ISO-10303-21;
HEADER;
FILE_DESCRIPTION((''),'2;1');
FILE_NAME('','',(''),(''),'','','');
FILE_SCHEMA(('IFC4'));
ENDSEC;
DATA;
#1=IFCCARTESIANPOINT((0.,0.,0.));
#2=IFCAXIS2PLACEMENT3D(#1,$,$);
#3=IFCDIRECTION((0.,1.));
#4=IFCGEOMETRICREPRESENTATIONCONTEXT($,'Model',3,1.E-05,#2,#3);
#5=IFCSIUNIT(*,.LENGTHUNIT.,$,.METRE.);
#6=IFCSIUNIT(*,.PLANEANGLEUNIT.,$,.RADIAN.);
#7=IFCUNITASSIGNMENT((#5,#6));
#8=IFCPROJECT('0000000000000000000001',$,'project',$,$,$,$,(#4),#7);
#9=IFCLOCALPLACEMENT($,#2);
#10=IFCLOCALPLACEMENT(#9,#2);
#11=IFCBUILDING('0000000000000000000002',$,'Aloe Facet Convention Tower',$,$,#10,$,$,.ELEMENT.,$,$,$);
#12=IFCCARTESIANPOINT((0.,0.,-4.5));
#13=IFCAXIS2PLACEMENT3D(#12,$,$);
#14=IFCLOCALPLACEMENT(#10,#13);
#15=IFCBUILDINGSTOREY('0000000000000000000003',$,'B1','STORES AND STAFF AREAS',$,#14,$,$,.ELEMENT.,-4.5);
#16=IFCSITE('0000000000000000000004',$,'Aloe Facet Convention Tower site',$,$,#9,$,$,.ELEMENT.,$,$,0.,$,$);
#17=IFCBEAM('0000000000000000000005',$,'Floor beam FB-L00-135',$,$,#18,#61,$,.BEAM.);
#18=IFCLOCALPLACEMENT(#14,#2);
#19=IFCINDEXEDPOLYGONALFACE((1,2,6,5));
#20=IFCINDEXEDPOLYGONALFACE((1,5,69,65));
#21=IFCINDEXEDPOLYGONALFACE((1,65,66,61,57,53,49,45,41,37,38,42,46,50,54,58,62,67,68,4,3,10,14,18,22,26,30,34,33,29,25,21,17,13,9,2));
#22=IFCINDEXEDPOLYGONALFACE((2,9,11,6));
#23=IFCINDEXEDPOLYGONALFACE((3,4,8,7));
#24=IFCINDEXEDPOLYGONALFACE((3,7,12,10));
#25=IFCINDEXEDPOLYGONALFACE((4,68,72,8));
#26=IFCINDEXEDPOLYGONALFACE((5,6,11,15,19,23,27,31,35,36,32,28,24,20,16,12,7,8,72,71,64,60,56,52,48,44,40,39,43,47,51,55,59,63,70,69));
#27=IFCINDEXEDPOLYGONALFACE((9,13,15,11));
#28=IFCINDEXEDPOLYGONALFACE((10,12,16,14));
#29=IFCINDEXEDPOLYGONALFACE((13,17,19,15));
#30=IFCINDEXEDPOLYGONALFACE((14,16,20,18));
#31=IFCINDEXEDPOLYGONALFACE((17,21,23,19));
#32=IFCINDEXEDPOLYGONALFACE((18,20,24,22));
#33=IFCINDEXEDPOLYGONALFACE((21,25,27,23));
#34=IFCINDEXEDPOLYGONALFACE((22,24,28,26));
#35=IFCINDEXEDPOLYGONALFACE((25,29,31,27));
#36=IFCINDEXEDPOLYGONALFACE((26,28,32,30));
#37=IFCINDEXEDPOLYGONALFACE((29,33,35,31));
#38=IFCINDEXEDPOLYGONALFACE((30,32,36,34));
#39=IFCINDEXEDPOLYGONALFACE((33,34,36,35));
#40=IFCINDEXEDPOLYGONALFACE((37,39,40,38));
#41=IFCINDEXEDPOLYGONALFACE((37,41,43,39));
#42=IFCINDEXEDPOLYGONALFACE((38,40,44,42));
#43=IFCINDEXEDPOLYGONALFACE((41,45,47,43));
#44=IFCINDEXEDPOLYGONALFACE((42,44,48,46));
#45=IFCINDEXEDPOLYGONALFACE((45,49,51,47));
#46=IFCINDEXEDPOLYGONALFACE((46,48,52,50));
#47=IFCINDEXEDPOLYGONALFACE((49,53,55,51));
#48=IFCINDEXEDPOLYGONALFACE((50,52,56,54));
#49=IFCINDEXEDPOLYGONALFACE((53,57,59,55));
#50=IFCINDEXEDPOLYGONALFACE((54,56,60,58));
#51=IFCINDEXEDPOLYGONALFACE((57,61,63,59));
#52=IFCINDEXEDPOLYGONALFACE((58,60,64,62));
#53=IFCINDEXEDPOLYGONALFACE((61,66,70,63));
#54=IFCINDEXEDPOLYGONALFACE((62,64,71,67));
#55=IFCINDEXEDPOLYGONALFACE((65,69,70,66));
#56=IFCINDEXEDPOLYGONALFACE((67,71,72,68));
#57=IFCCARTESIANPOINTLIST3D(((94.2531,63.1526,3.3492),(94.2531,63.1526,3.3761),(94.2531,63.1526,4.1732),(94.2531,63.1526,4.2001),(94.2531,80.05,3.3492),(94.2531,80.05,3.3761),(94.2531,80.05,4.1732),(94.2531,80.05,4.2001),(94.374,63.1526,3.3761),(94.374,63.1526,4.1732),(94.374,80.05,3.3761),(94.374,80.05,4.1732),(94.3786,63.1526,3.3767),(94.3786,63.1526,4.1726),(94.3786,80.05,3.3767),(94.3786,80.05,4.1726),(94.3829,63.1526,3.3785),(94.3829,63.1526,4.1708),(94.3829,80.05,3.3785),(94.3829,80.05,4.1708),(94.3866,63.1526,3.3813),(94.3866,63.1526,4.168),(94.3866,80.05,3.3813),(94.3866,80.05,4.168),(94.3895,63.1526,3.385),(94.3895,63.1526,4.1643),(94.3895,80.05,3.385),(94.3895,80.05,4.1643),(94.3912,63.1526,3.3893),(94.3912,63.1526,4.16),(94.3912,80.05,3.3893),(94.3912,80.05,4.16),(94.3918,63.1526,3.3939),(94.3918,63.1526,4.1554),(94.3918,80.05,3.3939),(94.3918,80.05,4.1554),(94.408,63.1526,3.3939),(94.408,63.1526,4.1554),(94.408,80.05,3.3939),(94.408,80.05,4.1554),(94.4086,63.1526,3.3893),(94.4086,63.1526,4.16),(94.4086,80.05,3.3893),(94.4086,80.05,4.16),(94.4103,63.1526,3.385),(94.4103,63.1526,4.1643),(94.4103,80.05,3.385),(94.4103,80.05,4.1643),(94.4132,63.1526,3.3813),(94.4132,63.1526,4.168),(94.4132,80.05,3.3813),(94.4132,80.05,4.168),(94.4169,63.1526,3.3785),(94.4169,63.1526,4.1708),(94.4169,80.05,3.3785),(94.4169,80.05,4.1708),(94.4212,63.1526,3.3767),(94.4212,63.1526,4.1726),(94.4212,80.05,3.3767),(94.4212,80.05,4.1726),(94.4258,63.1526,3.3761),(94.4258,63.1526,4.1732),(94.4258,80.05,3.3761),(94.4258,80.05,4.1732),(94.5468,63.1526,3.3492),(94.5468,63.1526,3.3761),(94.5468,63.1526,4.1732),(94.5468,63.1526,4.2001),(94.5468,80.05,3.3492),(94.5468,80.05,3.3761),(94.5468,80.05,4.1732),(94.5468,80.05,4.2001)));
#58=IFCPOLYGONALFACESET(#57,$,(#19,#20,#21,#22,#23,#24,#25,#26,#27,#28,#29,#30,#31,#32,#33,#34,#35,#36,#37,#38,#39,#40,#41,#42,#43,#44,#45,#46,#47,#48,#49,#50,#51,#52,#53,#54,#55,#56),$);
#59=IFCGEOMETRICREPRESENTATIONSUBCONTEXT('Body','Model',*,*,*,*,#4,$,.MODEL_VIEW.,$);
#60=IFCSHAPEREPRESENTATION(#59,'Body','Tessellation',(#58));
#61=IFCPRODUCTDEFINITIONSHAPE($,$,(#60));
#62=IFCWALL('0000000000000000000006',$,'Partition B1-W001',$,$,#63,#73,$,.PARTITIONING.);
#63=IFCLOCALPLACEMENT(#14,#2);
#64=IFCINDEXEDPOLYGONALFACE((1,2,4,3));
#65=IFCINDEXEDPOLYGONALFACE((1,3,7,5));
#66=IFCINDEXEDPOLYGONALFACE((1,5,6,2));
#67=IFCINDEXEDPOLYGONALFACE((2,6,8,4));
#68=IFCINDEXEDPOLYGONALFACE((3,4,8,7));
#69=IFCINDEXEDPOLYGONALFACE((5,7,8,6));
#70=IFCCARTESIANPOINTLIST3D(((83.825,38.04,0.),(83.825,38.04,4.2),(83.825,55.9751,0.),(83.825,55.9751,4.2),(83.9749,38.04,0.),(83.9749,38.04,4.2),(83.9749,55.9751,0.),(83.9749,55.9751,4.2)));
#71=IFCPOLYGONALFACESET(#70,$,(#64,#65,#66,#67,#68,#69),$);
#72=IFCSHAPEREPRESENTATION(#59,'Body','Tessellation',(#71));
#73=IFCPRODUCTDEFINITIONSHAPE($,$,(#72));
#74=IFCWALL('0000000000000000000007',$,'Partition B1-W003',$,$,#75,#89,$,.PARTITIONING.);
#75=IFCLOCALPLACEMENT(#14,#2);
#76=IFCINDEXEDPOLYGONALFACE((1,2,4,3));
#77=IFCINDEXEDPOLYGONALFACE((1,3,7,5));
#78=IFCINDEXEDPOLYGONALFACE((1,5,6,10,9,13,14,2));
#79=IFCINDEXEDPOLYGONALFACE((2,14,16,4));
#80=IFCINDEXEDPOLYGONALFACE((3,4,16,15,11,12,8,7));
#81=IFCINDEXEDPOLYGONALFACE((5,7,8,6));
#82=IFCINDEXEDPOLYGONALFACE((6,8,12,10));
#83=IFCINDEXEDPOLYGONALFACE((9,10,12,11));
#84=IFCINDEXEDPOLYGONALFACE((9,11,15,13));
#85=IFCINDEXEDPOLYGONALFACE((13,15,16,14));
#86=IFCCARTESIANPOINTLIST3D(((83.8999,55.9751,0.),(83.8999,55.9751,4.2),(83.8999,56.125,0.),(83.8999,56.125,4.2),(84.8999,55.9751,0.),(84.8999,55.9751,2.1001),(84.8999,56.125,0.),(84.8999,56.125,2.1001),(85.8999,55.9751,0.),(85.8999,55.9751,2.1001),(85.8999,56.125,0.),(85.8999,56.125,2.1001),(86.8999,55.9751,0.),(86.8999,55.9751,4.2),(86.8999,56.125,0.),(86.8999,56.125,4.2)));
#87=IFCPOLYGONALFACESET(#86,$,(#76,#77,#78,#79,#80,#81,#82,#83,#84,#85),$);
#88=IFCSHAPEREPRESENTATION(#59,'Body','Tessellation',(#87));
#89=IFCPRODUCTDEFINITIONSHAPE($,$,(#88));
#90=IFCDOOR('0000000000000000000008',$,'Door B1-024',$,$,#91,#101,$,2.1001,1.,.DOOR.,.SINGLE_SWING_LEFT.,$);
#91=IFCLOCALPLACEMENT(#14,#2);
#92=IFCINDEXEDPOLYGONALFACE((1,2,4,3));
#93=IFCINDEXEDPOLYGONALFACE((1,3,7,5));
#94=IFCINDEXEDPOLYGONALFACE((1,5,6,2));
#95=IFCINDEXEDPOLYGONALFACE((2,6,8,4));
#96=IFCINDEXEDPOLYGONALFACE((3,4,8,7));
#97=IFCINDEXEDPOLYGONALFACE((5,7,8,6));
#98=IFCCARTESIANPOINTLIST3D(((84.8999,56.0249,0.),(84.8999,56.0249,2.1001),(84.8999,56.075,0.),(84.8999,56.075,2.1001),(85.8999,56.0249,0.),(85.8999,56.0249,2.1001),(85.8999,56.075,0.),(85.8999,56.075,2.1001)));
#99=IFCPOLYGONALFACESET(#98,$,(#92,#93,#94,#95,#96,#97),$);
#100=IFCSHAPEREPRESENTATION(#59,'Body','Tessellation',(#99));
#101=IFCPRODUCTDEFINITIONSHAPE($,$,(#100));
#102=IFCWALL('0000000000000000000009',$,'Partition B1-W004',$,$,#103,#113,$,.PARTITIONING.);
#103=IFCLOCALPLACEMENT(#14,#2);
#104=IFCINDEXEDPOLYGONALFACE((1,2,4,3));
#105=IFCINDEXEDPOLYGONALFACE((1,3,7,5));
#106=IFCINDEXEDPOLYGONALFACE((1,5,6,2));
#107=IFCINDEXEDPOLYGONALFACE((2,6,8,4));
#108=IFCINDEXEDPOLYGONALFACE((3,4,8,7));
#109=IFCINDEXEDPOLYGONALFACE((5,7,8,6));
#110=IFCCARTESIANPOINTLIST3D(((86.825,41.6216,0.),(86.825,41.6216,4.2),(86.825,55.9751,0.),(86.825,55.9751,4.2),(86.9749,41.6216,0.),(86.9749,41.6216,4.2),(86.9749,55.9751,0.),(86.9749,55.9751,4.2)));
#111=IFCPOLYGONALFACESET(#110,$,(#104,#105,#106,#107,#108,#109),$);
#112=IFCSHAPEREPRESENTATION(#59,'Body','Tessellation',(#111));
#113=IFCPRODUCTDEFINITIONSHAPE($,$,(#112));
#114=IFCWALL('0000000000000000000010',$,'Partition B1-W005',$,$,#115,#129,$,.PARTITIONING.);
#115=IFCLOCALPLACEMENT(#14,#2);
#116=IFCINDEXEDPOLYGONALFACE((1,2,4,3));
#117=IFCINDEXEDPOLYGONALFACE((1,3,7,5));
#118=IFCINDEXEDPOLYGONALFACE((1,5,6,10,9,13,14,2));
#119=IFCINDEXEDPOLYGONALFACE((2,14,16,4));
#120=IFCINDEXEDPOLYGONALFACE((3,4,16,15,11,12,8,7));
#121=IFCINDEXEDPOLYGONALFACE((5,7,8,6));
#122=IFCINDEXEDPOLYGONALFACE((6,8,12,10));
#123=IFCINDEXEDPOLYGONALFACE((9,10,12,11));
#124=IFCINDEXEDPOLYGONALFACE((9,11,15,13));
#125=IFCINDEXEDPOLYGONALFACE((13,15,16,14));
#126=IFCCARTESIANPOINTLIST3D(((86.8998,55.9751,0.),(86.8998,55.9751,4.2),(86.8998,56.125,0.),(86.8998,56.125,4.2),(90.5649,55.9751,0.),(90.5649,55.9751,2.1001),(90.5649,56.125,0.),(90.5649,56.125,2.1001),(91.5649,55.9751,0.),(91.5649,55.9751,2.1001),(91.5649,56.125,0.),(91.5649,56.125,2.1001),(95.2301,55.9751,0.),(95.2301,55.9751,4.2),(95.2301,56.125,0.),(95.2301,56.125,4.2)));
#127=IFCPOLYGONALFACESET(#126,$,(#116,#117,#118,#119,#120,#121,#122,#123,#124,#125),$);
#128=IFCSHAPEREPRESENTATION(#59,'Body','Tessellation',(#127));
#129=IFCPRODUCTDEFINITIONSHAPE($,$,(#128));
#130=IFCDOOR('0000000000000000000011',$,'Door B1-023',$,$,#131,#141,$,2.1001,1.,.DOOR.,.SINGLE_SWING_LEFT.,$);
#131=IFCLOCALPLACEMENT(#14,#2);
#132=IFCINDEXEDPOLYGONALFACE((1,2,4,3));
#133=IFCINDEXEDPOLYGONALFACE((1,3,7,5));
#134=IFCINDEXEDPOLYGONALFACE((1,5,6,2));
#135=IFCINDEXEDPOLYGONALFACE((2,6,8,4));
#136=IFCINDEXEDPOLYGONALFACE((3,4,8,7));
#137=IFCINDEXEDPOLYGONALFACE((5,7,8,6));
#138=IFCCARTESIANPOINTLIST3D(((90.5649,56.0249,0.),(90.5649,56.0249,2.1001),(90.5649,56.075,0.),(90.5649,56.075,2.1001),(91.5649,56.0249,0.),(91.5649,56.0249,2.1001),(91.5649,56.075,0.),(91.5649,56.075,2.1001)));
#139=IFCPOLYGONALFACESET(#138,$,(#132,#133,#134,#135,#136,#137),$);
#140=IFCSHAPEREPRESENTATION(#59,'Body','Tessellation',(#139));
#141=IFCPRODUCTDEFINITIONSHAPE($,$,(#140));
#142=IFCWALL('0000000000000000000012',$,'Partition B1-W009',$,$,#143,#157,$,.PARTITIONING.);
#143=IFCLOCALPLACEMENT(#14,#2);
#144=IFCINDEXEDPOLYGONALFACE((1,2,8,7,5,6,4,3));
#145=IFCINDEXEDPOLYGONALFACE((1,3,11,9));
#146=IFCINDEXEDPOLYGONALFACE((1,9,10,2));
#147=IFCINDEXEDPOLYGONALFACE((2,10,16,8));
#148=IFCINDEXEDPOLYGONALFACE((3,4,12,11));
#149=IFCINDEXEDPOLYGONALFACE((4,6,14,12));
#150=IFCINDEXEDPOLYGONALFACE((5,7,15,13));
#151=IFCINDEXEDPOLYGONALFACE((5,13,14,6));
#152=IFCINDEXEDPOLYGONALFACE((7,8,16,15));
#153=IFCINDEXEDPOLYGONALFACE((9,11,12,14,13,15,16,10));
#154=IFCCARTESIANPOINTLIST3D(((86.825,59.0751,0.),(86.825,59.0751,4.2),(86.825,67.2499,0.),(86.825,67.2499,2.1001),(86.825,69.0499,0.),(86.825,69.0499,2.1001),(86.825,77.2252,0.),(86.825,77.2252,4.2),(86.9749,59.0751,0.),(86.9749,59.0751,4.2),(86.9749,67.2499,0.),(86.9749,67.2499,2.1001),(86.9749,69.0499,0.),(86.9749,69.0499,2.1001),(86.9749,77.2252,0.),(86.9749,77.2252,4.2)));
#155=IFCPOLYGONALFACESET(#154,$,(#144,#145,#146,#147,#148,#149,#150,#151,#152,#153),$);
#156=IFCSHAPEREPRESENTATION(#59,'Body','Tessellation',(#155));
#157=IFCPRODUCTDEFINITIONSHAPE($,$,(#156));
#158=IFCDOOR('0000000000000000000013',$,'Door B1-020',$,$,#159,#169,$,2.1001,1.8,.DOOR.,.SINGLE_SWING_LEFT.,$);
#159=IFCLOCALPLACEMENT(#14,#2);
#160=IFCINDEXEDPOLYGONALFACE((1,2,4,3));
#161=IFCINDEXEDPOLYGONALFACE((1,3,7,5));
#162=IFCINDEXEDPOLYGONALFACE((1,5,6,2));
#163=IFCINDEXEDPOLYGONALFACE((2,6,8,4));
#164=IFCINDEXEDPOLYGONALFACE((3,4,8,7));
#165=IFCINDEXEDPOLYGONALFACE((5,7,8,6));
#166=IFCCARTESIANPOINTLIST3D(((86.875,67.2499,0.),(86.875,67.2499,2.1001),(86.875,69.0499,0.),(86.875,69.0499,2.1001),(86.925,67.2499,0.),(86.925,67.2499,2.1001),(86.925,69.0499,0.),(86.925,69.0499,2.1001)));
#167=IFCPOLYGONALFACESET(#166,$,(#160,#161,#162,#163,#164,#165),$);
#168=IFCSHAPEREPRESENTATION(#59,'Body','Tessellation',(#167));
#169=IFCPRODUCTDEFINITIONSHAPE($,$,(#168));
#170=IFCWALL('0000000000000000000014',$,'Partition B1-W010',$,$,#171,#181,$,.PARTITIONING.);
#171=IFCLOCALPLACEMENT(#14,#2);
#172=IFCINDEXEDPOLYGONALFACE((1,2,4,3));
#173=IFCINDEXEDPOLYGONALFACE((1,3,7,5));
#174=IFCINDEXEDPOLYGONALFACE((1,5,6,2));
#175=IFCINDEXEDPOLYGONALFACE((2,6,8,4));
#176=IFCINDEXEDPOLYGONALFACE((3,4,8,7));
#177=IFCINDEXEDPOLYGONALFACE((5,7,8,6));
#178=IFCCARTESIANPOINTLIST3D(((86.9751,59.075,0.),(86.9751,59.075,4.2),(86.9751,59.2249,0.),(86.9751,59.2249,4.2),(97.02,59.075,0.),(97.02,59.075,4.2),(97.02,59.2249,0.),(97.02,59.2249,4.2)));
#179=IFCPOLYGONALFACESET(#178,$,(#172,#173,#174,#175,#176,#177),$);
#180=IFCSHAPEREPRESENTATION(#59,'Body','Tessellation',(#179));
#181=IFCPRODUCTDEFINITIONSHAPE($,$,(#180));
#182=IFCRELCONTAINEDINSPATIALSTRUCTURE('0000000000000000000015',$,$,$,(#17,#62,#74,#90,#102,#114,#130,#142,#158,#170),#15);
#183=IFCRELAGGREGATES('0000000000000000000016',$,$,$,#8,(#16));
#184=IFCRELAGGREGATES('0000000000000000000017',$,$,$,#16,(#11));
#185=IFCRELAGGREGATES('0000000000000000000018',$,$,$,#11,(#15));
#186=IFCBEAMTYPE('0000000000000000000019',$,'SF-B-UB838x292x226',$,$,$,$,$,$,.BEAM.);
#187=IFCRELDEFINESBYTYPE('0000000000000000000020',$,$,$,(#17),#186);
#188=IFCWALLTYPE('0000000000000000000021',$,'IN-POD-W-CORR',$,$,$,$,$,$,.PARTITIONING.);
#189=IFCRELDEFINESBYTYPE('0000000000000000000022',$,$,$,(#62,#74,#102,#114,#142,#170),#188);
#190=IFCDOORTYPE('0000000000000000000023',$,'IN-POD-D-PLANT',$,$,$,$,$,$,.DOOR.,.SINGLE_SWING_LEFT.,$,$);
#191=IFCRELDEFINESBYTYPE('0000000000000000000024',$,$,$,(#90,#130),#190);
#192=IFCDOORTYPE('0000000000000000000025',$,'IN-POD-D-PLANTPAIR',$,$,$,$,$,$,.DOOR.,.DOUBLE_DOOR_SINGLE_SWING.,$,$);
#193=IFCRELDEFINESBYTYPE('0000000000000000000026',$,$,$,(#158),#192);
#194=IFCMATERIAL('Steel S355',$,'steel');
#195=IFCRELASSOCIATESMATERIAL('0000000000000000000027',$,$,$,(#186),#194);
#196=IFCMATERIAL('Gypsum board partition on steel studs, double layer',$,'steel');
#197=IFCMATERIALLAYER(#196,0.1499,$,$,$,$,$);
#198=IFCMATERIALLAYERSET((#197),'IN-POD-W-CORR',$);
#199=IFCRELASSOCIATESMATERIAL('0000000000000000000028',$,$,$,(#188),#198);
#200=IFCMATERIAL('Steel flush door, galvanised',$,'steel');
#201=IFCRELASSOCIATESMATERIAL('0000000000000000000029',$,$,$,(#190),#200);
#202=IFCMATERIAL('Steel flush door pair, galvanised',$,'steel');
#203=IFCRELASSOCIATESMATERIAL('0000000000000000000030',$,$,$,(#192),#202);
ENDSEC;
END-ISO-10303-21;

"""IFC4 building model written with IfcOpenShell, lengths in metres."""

from ifc_helpers import new_model, si_unit, direction, frame, frame_2d, origin, origin_2d, place, context, subcontext, project, spatial, rectangle, i_section, extrude, material, layer, layer_set, material_profile, profile_set, type_object, element, fill, save


model = new_model("IFC4")

# Units and contexts
model_context = context("Model", 3, precision=1e-05, world=origin(), true_north=direction((0.0, 1.0)))
body_context = subcontext(model_context, "Body", "Model", "MODEL_VIEW")
ifc_project = project(units=[si_unit("LENGTHUNIT", "METRE"), si_unit("PLANEANGLEUNIT", "RADIAN")], contexts=[model_context])

# Site, building, storey
site_placement = place(None, origin())
site = spatial("IfcSite", under=ifc_project, at=site_placement, Name="Aloe Facet Convention Tower site", CompositionType="ELEMENT", RefElevation=0.0)
building_placement = place(site_placement, origin())
building = spatial("IfcBuilding", under=site, at=building_placement, Name="Aloe Facet Convention Tower", CompositionType="ELEMENT")
storey_placement = place(building_placement, frame((0.0, 0.0, -4.5)))
storey = spatial("IfcBuildingStorey", under=building, at=storey_placement, Name="B1", Description="STORES AND STAFF AREAS", CompositionType="ELEMENT", Elevation=-4.5)

# Beam
ifc_material_1 = material(Name="Steel S355", Category="steel")
ifc_material_profile_1 = material_profile(ifc_material_1, i_section(OverallWidth=0.2937, OverallDepth=0.8508, WebThickness=0.0161, FlangeThickness=0.0269, FilletRadius=0.0178, at=origin_2d()), Name="UB 838x292x226")
ifc_profile_set_1 = profile_set([ifc_material_profile_1], Name="Steel S355")
beam_type_1 = type_object("IfcBeamType", Name="SF-B-UB838x292x226", PredefinedType="BEAM", material=ifc_profile_set_1)
beam_1_placement = place(storey_placement, frame((94.3999, 63.1526, 3.7747), z_axis=(0.0, 1.0, 0.0), x_axis=(-1.0, 0.0, 0.0)))
element("IfcBeam", 1, at=beam_1_placement, inside=storey, type_object=beam_type_1, Name="Floor beam FB-L00-135", PredefinedType="BEAM", context=body_context, shape_type="SweptSolid", body=[
    extrude(i_section(OverallWidth=0.2937, OverallDepth=0.8508, WebThickness=0.0161, FlangeThickness=0.0269, FilletRadius=0.0178, at=origin_2d()), origin(), (0.0, 0.0, 1.0), 16.8975),
])

# Wall
ifc_material_2 = material(Name="Gypsum board partition on steel studs, double layer", Category="steel")
ifc_layer_1 = layer(ifc_material_2, 0.1499)
ifc_layer_set_1 = layer_set([ifc_layer_1], Name="IN-POD-W-CORR")
wall_type_1 = type_object("IfcWallType", Name="IN-POD-W-CORR", PredefinedType="PARTITIONING", material=ifc_layer_set_1)
wall_1_placement = place(storey_placement, frame((83.8999, 38.04, 0.0), z_axis=(0.0, 0.0, 1.0), x_axis=(0.0, 1.0, 0.0)))
element("IfcWall", 2, at=wall_1_placement, inside=storey, type_object=wall_type_1, Name="Partition B1-W001", PredefinedType="PARTITIONING", context=body_context, shape_type="SweptSolid", body=[
    extrude(rectangle(XDim=17.9351, YDim=0.1499, at=frame_2d((8.9675, 0.0))), origin(), (0.0, 0.0, 1.0), 4.2),
])

# Wall, opening, door
wall_2_placement = place(storey_placement, frame((83.8999, 56.05, 0.0), z_axis=(0.0, 0.0, 1.0), x_axis=(1.0, 0.0, 0.0)))
wall_2 = element("IfcWall", 3, at=wall_2_placement, inside=storey, type_object=wall_type_1, Name="Partition B1-W003", PredefinedType="PARTITIONING", context=body_context, shape_type="SweptSolid", body=[
    extrude(rectangle(XDim=3.0, YDim=0.1499, at=frame_2d((1.5, 0.0))), origin(), (0.0, 0.0, 1.0), 4.2),
])
opening_1_placement = place(wall_2_placement, frame((1.0, 0.0, 0.0)))
opening_1 = element("IfcOpeningElement", 4, at=opening_1_placement, cuts=wall_2, PredefinedType="OPENING", context=body_context, shape_type="SweptSolid", body=[
    extrude(rectangle(XDim=1.0, YDim=2.1001, at=frame_2d((0.5, 1.05))), frame((0.0, 0.085, 0.0), z_axis=(0.0, -1.0, 0.0), x_axis=(1.0, 0.0, 0.0)), (0.0, 0.0, 1.0), 0.1699),
])
ifc_material_3 = material(Name="Steel flush door, galvanised", Category="steel")
door_type_1 = type_object("IfcDoorType", Name="IN-POD-D-PLANT", OperationType="SINGLE_SWING_LEFT", PredefinedType="DOOR", material=ifc_material_3)
door_1_placement = place(opening_1_placement, origin())
door_1 = element("IfcDoor", 5, at=door_1_placement, inside=storey, type_object=door_type_1, Name="Door B1-024", OperationType="SINGLE_SWING_LEFT", OverallHeight=2.1001, OverallWidth=1.0, PredefinedType="DOOR", context=body_context, shape_type="SweptSolid", body=[
    extrude(rectangle(XDim=1.0, YDim=2.1001, at=frame_2d((0.5, 1.05))), frame((0.0, 0.0249, 0.0), z_axis=(0.0, -1.0, 0.0), x_axis=(1.0, 0.0, 0.0)), (0.0, 0.0, 1.0), 0.05),
])
fill(opening_1, door_1)

# Wall
wall_3_placement = place(storey_placement, frame((86.8999, 41.6216, 0.0), z_axis=(0.0, 0.0, 1.0), x_axis=(0.0, 1.0, 0.0)))
element("IfcWall", 6, at=wall_3_placement, inside=storey, type_object=wall_type_1, Name="Partition B1-W004", PredefinedType="PARTITIONING", context=body_context, shape_type="SweptSolid", body=[
    extrude(rectangle(XDim=14.3535, YDim=0.1499, at=frame_2d((7.1768, 0.0))), origin(), (0.0, 0.0, 1.0), 4.2),
])

# Walls, openings, doors
wall_4_placement = place(storey_placement, frame((86.8999, 56.05, 0.0), z_axis=(0.0, 0.0, 1.0), x_axis=(1.0, 0.0, 0.0)))
wall_4 = element("IfcWall", 7, at=wall_4_placement, inside=storey, type_object=wall_type_1, Name="Partition B1-W005", PredefinedType="PARTITIONING", context=body_context, shape_type="SweptSolid", body=[
    extrude(rectangle(XDim=8.3303, YDim=0.1499, at=frame_2d((4.165, 0.0))), origin(), (0.0, 0.0, 1.0), 4.2),
])
opening_2_placement = place(wall_4_placement, frame((3.665, 0.0, 0.0)))
opening_2 = element("IfcOpeningElement", 8, at=opening_2_placement, cuts=wall_4, PredefinedType="OPENING", context=body_context, shape_type="SweptSolid", body=[
    extrude(rectangle(XDim=1.0, YDim=2.1001, at=frame_2d((0.5, 1.05))), frame((0.0, 0.085, 0.0), z_axis=(0.0, -1.0, 0.0), x_axis=(1.0, 0.0, 0.0)), (0.0, 0.0, 1.0), 0.1699),
])
door_2_placement = place(opening_2_placement, origin())
door_2 = element("IfcDoor", 9, at=door_2_placement, inside=storey, type_object=door_type_1, Name="Door B1-023", OperationType="SINGLE_SWING_LEFT", OverallHeight=2.1001, OverallWidth=1.0, PredefinedType="DOOR", context=body_context, shape_type="SweptSolid", body=[
    extrude(rectangle(XDim=1.0, YDim=2.1001, at=frame_2d((0.5, 1.05))), frame((0.0, 0.0249, 0.0), z_axis=(0.0, -1.0, 0.0), x_axis=(1.0, 0.0, 0.0)), (0.0, 0.0, 1.0), 0.05),
])
fill(opening_2, door_2)
wall_5_placement = place(storey_placement, frame((86.8999, 59.075, 0.0), z_axis=(0.0, 0.0, 1.0), x_axis=(0.0, 1.0, 0.0)))
wall_5 = element("IfcWall", 10, at=wall_5_placement, inside=storey, type_object=wall_type_1, Name="Partition B1-W009", PredefinedType="PARTITIONING", context=body_context, shape_type="SweptSolid", body=[
    extrude(rectangle(XDim=18.1501, YDim=0.1499, at=frame_2d((9.0752, 0.0))), origin(), (0.0, 0.0, 1.0), 4.2),
])
opening_3_placement = place(wall_5_placement, frame((8.175, 0.0, 0.0)))
opening_3 = element("IfcOpeningElement", 11, at=opening_3_placement, cuts=wall_5, PredefinedType="OPENING", context=body_context, shape_type="SweptSolid", body=[
    extrude(rectangle(XDim=1.8, YDim=2.1001, at=frame_2d((0.8999, 1.05))), frame((0.0, 0.085, 0.0), z_axis=(0.0, -1.0, 0.0), x_axis=(1.0, 0.0, 0.0)), (0.0, 0.0, 1.0), 0.1699),
])
ifc_material_4 = material(Name="Steel flush door pair, galvanised", Category="steel")
door_type_2 = type_object("IfcDoorType", Name="IN-POD-D-PLANTPAIR", OperationType="DOUBLE_DOOR_SINGLE_SWING", PredefinedType="DOOR", material=ifc_material_4)
door_3_placement = place(opening_3_placement, origin())
door_3 = element("IfcDoor", 12, at=door_3_placement, inside=storey, type_object=door_type_2, Name="Door B1-020", OperationType="SINGLE_SWING_LEFT", OverallHeight=2.1001, OverallWidth=1.8, PredefinedType="DOOR", context=body_context, shape_type="SweptSolid", body=[
    extrude(rectangle(XDim=1.8, YDim=2.1001, at=frame_2d((0.8999, 1.05))), frame((0.0, 0.0249, 0.0), z_axis=(0.0, -1.0, 0.0), x_axis=(1.0, 0.0, 0.0)), (0.0, 0.0, 1.0), 0.05),
])
fill(opening_3, door_3)

# Wall
wall_6_placement = place(storey_placement, frame((86.9751, 59.1499, 0.0), z_axis=(0.0, 0.0, 1.0), x_axis=(1.0, 0.0, 0.0)))
element("IfcWall", 13, at=wall_6_placement, inside=storey, type_object=wall_type_1, Name="Partition B1-W010", PredefinedType="PARTITIONING", context=body_context, shape_type="SweptSolid", body=[
    extrude(rectangle(XDim=10.0449, YDim=0.1499, at=frame_2d((5.0225, 0.0))), origin(), (0.0, 0.0, 1.0), 4.2),
])

save(model, "model.ifc")
